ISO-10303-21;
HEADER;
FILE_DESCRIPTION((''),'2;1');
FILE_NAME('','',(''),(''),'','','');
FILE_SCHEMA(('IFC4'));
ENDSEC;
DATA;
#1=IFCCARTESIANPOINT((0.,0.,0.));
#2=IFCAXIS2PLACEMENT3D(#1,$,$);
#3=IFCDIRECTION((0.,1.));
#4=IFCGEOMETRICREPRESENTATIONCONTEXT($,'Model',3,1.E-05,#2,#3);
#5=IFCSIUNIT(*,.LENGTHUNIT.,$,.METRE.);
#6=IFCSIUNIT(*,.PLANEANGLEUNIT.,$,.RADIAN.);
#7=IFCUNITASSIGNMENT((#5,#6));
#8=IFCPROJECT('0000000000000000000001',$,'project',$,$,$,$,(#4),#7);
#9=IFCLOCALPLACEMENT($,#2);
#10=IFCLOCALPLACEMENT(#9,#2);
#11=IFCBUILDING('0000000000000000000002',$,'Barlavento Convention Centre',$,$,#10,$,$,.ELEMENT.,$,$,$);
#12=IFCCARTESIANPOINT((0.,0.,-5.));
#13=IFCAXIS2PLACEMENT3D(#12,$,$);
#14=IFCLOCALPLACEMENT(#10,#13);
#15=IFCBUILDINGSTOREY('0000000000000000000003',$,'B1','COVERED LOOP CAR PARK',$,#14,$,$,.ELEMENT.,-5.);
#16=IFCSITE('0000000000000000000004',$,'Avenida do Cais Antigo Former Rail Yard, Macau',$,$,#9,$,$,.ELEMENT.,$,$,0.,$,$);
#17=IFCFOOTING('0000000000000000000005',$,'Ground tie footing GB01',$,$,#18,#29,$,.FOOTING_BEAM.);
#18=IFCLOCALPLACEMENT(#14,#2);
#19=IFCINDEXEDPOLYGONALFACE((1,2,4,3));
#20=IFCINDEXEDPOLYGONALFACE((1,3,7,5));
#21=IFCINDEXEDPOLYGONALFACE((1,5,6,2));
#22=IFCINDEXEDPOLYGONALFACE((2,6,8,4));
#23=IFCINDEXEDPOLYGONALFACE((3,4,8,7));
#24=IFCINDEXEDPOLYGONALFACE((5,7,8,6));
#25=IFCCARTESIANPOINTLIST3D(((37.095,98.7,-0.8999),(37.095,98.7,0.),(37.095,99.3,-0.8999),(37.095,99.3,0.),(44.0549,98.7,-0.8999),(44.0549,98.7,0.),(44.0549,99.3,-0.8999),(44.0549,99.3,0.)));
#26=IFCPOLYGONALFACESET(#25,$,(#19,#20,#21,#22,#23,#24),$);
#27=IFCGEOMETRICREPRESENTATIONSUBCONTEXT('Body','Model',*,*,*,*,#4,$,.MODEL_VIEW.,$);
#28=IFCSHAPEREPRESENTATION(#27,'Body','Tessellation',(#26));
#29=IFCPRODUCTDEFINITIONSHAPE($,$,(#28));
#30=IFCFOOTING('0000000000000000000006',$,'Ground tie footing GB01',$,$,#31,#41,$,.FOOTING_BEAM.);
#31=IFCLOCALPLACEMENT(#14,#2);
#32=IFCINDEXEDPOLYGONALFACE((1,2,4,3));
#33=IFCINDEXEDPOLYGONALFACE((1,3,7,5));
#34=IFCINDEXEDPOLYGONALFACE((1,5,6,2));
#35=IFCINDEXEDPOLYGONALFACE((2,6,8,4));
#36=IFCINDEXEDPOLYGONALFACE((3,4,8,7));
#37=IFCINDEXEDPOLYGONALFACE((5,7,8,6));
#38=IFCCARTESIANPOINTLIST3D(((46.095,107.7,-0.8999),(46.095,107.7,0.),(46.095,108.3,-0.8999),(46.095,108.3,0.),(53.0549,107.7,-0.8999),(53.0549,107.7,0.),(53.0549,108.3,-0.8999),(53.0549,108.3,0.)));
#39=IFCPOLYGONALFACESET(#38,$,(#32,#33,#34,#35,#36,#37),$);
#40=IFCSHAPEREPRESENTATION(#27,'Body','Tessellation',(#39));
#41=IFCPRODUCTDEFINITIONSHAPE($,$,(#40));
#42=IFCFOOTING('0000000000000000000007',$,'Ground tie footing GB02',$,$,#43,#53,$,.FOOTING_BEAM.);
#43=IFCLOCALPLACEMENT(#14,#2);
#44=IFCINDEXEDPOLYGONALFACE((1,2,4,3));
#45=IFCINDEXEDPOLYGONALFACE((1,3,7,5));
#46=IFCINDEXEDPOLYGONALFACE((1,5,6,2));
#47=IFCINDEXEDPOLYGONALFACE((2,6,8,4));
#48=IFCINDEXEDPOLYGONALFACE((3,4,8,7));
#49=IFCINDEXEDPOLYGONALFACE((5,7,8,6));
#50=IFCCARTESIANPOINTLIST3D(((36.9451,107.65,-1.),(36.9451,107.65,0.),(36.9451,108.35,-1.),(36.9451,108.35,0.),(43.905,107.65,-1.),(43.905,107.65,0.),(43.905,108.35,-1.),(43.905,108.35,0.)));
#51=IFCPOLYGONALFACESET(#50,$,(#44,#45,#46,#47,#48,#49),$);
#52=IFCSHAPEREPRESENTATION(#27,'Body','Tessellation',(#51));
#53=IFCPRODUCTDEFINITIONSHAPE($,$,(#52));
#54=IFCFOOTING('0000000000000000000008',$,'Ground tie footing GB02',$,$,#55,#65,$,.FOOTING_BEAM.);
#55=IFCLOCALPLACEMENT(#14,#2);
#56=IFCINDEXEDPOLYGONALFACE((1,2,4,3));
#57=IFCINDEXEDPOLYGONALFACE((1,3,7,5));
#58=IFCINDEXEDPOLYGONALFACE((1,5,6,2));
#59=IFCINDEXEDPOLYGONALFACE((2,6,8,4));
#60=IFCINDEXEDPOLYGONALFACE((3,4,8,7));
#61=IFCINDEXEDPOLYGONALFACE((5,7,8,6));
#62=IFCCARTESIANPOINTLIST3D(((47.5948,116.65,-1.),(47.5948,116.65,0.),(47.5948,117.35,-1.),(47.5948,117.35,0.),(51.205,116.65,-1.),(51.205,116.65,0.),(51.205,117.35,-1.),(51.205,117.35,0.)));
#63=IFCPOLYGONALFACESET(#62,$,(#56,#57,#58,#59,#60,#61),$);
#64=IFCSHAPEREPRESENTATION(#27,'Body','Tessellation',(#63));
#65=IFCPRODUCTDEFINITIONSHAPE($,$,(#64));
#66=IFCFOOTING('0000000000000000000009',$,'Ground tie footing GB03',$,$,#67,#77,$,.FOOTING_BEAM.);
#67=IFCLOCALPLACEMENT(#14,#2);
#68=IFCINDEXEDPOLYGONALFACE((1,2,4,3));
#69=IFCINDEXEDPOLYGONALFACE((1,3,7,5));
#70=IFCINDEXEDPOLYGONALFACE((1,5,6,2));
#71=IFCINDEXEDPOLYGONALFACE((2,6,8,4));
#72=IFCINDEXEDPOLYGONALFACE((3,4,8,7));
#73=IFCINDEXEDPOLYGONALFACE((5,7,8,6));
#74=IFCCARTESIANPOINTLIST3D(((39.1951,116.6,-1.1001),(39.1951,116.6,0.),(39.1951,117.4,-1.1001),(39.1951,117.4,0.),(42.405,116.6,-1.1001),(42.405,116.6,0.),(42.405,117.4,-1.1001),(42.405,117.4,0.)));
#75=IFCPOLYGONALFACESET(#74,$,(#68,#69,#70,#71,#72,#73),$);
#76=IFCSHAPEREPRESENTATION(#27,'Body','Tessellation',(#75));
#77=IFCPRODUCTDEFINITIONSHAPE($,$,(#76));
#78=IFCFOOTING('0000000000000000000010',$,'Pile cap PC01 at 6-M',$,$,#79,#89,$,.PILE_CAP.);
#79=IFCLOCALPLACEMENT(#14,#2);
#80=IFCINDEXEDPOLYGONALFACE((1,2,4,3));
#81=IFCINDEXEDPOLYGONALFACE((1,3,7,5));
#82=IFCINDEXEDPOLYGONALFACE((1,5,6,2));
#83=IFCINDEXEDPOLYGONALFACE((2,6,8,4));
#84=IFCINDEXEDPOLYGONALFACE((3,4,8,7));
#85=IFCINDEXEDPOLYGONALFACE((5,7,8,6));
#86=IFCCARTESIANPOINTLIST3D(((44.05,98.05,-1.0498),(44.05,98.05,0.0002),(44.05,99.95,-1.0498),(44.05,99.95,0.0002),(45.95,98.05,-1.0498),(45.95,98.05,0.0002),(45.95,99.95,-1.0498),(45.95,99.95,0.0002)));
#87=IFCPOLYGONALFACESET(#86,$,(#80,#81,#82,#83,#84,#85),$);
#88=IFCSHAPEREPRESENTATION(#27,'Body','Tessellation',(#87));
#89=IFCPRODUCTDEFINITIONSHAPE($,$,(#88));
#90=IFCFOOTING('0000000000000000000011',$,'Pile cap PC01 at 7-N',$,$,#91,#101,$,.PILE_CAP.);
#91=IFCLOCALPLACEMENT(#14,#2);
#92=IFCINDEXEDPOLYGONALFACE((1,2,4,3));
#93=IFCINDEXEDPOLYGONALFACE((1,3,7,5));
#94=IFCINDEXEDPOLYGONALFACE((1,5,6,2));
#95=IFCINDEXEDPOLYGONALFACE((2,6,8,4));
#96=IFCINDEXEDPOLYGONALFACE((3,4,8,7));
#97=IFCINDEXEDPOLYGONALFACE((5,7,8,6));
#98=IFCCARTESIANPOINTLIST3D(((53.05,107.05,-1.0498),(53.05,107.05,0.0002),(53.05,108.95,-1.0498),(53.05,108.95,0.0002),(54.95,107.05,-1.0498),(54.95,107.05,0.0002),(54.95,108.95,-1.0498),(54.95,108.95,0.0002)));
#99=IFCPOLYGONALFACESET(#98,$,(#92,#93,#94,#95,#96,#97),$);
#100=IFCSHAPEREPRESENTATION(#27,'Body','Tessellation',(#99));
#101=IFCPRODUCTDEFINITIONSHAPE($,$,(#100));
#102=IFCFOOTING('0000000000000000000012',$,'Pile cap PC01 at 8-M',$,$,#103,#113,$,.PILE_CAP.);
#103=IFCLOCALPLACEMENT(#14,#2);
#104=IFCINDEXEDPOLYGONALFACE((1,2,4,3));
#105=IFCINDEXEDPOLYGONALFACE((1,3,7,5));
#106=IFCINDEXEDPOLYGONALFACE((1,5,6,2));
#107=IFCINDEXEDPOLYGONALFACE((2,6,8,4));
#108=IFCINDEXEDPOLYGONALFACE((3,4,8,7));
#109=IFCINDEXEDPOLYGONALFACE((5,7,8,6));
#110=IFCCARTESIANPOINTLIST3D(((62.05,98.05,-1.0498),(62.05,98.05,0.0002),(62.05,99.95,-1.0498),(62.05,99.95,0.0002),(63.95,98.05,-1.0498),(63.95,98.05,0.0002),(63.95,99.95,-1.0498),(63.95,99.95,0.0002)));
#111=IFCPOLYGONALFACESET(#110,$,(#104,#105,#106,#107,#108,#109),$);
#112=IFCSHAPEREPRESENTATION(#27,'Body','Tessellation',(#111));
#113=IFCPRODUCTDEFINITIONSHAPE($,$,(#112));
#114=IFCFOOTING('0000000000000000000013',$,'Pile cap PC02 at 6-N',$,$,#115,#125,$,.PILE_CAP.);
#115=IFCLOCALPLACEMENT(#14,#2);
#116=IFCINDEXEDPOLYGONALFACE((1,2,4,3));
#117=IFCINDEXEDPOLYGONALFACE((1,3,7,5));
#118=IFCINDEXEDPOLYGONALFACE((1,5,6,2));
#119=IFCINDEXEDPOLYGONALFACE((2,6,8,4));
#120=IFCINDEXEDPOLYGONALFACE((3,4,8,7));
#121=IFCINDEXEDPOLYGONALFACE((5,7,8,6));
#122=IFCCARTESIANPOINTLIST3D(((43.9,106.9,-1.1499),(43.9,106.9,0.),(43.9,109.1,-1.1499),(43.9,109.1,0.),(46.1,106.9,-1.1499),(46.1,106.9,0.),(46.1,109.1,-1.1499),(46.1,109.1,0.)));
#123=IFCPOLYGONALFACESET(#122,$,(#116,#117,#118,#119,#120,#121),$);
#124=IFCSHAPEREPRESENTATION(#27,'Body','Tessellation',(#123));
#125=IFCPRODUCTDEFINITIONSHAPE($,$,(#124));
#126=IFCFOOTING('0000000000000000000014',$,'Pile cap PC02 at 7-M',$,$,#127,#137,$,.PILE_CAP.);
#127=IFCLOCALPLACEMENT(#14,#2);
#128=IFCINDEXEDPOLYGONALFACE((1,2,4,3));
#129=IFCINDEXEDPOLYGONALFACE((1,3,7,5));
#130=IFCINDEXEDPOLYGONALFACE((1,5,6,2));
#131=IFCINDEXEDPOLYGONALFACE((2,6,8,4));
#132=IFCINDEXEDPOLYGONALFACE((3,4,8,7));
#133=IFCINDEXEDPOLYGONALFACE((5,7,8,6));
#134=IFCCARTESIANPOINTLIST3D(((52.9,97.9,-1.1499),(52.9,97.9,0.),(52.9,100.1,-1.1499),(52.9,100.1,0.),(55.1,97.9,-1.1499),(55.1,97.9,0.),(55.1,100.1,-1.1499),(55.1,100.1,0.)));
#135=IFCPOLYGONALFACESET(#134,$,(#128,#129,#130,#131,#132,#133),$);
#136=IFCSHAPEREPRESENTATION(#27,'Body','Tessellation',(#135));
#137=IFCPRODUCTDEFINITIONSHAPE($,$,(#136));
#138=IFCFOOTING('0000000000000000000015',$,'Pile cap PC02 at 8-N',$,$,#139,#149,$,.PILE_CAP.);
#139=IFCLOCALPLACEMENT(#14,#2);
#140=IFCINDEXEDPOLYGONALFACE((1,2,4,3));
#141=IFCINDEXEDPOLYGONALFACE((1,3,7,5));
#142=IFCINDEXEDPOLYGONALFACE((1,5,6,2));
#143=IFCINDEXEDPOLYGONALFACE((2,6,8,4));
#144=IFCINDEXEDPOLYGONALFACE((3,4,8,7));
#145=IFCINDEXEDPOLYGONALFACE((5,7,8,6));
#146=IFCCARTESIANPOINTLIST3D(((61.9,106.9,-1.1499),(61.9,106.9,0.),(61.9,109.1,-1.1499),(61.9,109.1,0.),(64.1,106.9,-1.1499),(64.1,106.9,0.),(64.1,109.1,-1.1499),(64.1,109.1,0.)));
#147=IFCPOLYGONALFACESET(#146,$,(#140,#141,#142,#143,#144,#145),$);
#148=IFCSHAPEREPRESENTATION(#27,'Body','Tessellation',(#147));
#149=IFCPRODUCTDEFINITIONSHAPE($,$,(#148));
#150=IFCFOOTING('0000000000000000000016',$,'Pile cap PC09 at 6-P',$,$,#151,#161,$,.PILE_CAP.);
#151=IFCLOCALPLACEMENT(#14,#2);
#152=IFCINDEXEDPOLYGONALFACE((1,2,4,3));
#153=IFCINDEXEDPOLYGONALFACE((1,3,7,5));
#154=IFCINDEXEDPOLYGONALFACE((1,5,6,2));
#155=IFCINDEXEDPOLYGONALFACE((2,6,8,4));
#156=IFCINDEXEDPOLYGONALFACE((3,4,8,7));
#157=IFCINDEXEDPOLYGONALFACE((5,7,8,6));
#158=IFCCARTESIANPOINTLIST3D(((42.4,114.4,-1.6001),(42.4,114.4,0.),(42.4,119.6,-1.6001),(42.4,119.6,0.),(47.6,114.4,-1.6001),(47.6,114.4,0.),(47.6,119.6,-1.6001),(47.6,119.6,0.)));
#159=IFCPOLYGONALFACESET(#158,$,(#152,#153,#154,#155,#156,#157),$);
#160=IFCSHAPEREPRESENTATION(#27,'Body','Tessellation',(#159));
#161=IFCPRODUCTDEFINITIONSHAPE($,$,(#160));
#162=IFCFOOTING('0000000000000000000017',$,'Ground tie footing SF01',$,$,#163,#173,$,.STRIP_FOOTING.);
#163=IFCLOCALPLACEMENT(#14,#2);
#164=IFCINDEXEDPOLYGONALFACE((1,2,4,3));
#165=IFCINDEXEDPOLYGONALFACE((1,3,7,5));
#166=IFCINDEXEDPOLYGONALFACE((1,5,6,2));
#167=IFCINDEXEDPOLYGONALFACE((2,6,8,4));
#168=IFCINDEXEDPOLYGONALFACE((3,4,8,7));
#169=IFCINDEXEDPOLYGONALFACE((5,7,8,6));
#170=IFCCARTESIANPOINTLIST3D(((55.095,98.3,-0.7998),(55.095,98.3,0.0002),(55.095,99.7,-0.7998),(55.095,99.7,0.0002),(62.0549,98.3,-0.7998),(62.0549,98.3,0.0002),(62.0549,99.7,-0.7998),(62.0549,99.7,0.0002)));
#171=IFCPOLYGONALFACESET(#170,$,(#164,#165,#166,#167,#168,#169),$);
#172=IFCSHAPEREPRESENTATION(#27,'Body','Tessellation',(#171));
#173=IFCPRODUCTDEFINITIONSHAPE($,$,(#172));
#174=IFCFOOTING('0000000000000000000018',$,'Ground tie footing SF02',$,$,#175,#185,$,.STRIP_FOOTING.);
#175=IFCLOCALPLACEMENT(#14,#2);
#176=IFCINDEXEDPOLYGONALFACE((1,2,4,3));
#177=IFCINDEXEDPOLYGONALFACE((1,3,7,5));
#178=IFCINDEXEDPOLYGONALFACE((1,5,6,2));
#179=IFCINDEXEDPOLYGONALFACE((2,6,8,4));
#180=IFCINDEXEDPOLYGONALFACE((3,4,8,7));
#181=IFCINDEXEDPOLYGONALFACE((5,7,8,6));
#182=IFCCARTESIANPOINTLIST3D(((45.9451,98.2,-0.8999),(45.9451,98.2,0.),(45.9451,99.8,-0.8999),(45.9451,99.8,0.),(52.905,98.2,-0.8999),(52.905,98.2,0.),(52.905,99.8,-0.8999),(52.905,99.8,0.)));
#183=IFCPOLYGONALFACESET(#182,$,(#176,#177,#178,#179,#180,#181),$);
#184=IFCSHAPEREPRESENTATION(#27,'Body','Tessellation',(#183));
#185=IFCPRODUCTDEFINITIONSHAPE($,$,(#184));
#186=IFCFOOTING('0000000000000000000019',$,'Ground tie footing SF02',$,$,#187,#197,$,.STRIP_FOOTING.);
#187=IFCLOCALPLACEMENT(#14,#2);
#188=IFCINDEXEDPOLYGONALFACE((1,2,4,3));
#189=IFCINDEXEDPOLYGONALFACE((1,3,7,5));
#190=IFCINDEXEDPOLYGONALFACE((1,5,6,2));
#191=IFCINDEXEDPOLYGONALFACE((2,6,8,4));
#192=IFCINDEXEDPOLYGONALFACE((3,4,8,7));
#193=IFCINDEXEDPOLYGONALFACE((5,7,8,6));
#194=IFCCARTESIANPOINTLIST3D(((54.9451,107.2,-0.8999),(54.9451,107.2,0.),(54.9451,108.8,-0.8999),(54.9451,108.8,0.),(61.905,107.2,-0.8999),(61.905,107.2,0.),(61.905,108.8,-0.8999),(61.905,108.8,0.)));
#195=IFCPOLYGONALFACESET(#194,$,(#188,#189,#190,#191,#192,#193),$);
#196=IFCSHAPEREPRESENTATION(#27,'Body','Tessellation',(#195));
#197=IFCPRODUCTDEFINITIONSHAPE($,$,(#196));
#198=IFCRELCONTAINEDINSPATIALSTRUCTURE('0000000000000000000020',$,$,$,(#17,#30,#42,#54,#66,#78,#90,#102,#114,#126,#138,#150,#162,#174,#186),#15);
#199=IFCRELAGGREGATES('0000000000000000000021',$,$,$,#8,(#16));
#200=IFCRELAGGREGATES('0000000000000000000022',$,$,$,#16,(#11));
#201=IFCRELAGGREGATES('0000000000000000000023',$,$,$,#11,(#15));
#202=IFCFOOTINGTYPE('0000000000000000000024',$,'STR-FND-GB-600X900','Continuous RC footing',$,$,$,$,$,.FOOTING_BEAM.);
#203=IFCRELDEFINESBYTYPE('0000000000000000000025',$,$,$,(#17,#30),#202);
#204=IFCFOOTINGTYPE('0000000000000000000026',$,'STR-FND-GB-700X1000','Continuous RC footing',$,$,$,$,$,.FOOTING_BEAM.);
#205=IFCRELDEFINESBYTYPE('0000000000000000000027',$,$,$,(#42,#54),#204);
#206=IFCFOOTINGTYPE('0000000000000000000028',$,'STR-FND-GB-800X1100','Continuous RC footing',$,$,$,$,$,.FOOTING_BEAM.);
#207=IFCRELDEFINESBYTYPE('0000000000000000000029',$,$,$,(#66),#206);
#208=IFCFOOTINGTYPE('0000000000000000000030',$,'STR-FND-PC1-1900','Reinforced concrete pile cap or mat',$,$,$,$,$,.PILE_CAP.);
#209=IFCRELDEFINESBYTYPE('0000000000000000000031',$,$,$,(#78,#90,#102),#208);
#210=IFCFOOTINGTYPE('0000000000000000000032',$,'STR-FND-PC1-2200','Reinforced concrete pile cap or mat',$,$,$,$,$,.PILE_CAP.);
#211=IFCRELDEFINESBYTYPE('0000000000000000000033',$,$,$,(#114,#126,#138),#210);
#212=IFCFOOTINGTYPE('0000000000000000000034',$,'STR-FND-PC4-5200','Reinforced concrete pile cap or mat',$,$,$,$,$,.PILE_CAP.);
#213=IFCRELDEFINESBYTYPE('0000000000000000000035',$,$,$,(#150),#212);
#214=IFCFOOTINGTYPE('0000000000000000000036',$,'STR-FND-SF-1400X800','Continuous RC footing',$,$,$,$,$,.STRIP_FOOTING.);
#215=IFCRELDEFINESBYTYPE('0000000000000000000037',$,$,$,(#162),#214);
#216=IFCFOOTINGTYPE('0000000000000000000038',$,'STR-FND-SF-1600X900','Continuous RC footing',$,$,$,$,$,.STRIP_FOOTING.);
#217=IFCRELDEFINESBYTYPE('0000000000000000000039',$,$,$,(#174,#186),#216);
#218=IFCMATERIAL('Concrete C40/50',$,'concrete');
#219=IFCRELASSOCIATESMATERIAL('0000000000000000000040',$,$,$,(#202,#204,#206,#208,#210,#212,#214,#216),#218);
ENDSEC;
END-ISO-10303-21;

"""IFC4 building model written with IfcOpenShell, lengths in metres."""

from ifc_helpers import new_model, si_unit, direction, frame, origin, origin_2d, place, context, subcontext, project, spatial, rectangle, extrude, material, type_object, element, save


model = new_model("IFC4")

# Units and contexts
model_context = context("Model", 3, precision=1e-05, world=origin(), true_north=direction((0.0, 1.0)))
body_context = subcontext(model_context, "Body", "Model", "MODEL_VIEW")
ifc_project = project(units=[si_unit("LENGTHUNIT", "METRE"), si_unit("PLANEANGLEUNIT", "RADIAN")], contexts=[model_context])

# Site, building, storey
site_placement = place(None, origin())
site = spatial("IfcSite", under=ifc_project, at=site_placement, Name="Avenida do Cais Antigo Former Rail Yard, Macau", CompositionType="ELEMENT", RefElevation=0.0)
building_placement = place(site_placement, origin())
building = spatial("IfcBuilding", under=site, at=building_placement, Name="Barlavento Convention Centre", CompositionType="ELEMENT")
storey_placement = place(building_placement, frame((0.0, 0.0, -5.0)))
storey = spatial("IfcBuildingStorey", under=building, at=storey_placement, Name="B1", Description="COVERED LOOP CAR PARK", CompositionType="ELEMENT", Elevation=-5.0)

# Footings
ifc_material_1 = material(Name="Concrete C40/50", Category="concrete")
footing_type_1 = type_object("IfcFootingType", Name="STR-FND-GB-600X900", Description="Continuous RC footing", PredefinedType="FOOTING_BEAM", material=ifc_material_1)
for number, where, z_axis, x_axis, name in (
    (1, (40.575, 99.0, -0.8999), (0.0, 0.0, 1.0), (1.0, 0.0, 0.0), "Ground tie footing GB01"),
    (2, (49.575, 108.0, -0.8999), (0.0, 0.0, 1.0), (1.0, 0.0, 0.0), "Ground tie footing GB01"),
):
    element("IfcFooting", number, at=place(storey_placement, frame(where, z_axis=z_axis, x_axis=x_axis)), inside=storey, type_object=footing_type_1, Name=name, PredefinedType="FOOTING_BEAM", context=body_context, shape_type="SweptSolid", body=[
        extrude(rectangle(XDim=6.96, YDim=0.6001, at=origin_2d()), origin(), (0.0, 0.0, 1.0), 0.8999),
    ])
footing_type_2 = type_object("IfcFootingType", Name="STR-FND-GB-700X1000", Description="Continuous RC footing", PredefinedType="FOOTING_BEAM", material=ifc_material_1)
footing_1_placement = place(storey_placement, frame((40.425, 108.0, -1.0), z_axis=(0.0, 0.0, 1.0), x_axis=(1.0, 0.0, 0.0)))
element("IfcFooting", 3, at=footing_1_placement, inside=storey, type_object=footing_type_2, Name="Ground tie footing GB02", PredefinedType="FOOTING_BEAM", context=body_context, shape_type="SweptSolid", body=[
    extrude(rectangle(XDim=6.96, YDim=0.7, at=origin_2d()), origin(), (0.0, 0.0, 1.0), 1.0),
])
footing_2_placement = place(storey_placement, frame((49.3999, 117.0, -1.0), z_axis=(0.0, 0.0, 1.0), x_axis=(1.0, 0.0, 0.0)))
element("IfcFooting", 4, at=footing_2_placement, inside=storey, type_object=footing_type_2, Name="Ground tie footing GB02", PredefinedType="FOOTING_BEAM", context=body_context, shape_type="SweptSolid", body=[
    extrude(rectangle(XDim=3.6101, YDim=0.7, at=origin_2d()), origin(), (0.0, 0.0, 1.0), 1.0),
])
footing_type_3 = type_object("IfcFootingType", Name="STR-FND-GB-800X1100", Description="Continuous RC footing", PredefinedType="FOOTING_BEAM", material=ifc_material_1)
footing_3_placement = place(storey_placement, frame((40.8, 117.0, -1.1001), z_axis=(0.0, 0.0, 1.0), x_axis=(1.0, 0.0, 0.0)))
element("IfcFooting", 5, at=footing_3_placement, inside=storey, type_object=footing_type_3, Name="Ground tie footing GB03", PredefinedType="FOOTING_BEAM", context=body_context, shape_type="SweptSolid", body=[
    extrude(rectangle(XDim=3.21, YDim=0.8, at=origin_2d()), origin(), (0.0, 0.0, 1.0), 1.1001),
])
footing_type_4 = type_object("IfcFootingType", Name="STR-FND-PC1-1900", Description="Reinforced concrete pile cap or mat", PredefinedType="PILE_CAP", material=ifc_material_1)
for number, where, z_axis, x_axis, name in (
    (6, (45.0, 99.0, -1.0498), (0.0, 0.0, 1.0), (1.0, 0.0, 0.0), "Pile cap PC01 at 6-M"),
    (7, (54.0, 108.0, -1.0498), (0.0, 0.0, 1.0), (1.0, 0.0, 0.0), "Pile cap PC01 at 7-N"),
    (8, (63.0, 99.0, -1.0498), (0.0, 0.0, 1.0), (1.0, 0.0, 0.0), "Pile cap PC01 at 8-M"),
):
    element("IfcFooting", number, at=place(storey_placement, frame(where, z_axis=z_axis, x_axis=x_axis)), inside=storey, type_object=footing_type_4, Name=name, PredefinedType="PILE_CAP", context=body_context, shape_type="SweptSolid", body=[
        extrude(rectangle(XDim=1.8999, YDim=1.8999, at=origin_2d()), origin(), (0.0, 0.0, 1.0), 1.05),
    ])
footing_type_5 = type_object("IfcFootingType", Name="STR-FND-PC1-2200", Description="Reinforced concrete pile cap or mat", PredefinedType="PILE_CAP", material=ifc_material_1)
for number, where, z_axis, x_axis, name in (
    (9, (45.0, 108.0, -1.1499), (0.0, 0.0, 1.0), (1.0, 0.0, 0.0), "Pile cap PC02 at 6-N"),
    (10, (54.0, 99.0, -1.1499), (0.0, 0.0, 1.0), (1.0, 0.0, 0.0), "Pile cap PC02 at 7-M"),
    (11, (63.0, 108.0, -1.1499), (0.0, 0.0, 1.0), (1.0, 0.0, 0.0), "Pile cap PC02 at 8-N"),
):
    element("IfcFooting", number, at=place(storey_placement, frame(where, z_axis=z_axis, x_axis=x_axis)), inside=storey, type_object=footing_type_5, Name=name, PredefinedType="PILE_CAP", context=body_context, shape_type="SweptSolid", body=[
        extrude(rectangle(XDim=2.2, YDim=2.2, at=origin_2d()), origin(), (0.0, 0.0, 1.0), 1.1499),
    ])
footing_type_6 = type_object("IfcFootingType", Name="STR-FND-PC4-5200", Description="Reinforced concrete pile cap or mat", PredefinedType="PILE_CAP", material=ifc_material_1)
footing_4_placement = place(storey_placement, frame((45.0, 117.0, -1.6001), z_axis=(0.0, 0.0, 1.0), x_axis=(1.0, 0.0, 0.0)))
element("IfcFooting", 12, at=footing_4_placement, inside=storey, type_object=footing_type_6, Name="Pile cap PC09 at 6-P", PredefinedType="PILE_CAP", context=body_context, shape_type="SweptSolid", body=[
    extrude(rectangle(XDim=5.2, YDim=5.2, at=origin_2d()), origin(), (0.0, 0.0, 1.0), 1.6001),
])
footing_type_7 = type_object("IfcFootingType", Name="STR-FND-SF-1400X800", Description="Continuous RC footing", PredefinedType="STRIP_FOOTING", material=ifc_material_1)
footing_5_placement = place(storey_placement, frame((58.575, 99.0, -0.7998), z_axis=(0.0, 0.0, 1.0), x_axis=(1.0, 0.0, 0.0)))
element("IfcFooting", 13, at=footing_5_placement, inside=storey, type_object=footing_type_7, Name="Ground tie footing SF01", PredefinedType="STRIP_FOOTING", context=body_context, shape_type="SweptSolid", body=[
    extrude(rectangle(XDim=6.96, YDim=1.3999, at=origin_2d()), origin(), (0.0, 0.0, 1.0), 0.8),
])
footing_type_8 = type_object("IfcFootingType", Name="STR-FND-SF-1600X900", Description="Continuous RC footing", PredefinedType="STRIP_FOOTING", material=ifc_material_1)
for number, where, z_axis, x_axis, name in (
    (14, (49.425, 99.0, -0.8999), (0.0, 0.0, 1.0), (1.0, 0.0, 0.0), "Ground tie footing SF02"),
    (15, (58.425, 108.0, -0.8999), (0.0, 0.0, 1.0), (1.0, 0.0, 0.0), "Ground tie footing SF02"),
):
    element("IfcFooting", number, at=place(storey_placement, frame(where, z_axis=z_axis, x_axis=x_axis)), inside=storey, type_object=footing_type_8, Name=name, PredefinedType="STRIP_FOOTING", context=body_context, shape_type="SweptSolid", body=[
        extrude(rectangle(XDim=6.96, YDim=1.6001, at=origin_2d()), origin(), (0.0, 0.0, 1.0), 0.8999),
    ])

save(model, "model.ifc")
